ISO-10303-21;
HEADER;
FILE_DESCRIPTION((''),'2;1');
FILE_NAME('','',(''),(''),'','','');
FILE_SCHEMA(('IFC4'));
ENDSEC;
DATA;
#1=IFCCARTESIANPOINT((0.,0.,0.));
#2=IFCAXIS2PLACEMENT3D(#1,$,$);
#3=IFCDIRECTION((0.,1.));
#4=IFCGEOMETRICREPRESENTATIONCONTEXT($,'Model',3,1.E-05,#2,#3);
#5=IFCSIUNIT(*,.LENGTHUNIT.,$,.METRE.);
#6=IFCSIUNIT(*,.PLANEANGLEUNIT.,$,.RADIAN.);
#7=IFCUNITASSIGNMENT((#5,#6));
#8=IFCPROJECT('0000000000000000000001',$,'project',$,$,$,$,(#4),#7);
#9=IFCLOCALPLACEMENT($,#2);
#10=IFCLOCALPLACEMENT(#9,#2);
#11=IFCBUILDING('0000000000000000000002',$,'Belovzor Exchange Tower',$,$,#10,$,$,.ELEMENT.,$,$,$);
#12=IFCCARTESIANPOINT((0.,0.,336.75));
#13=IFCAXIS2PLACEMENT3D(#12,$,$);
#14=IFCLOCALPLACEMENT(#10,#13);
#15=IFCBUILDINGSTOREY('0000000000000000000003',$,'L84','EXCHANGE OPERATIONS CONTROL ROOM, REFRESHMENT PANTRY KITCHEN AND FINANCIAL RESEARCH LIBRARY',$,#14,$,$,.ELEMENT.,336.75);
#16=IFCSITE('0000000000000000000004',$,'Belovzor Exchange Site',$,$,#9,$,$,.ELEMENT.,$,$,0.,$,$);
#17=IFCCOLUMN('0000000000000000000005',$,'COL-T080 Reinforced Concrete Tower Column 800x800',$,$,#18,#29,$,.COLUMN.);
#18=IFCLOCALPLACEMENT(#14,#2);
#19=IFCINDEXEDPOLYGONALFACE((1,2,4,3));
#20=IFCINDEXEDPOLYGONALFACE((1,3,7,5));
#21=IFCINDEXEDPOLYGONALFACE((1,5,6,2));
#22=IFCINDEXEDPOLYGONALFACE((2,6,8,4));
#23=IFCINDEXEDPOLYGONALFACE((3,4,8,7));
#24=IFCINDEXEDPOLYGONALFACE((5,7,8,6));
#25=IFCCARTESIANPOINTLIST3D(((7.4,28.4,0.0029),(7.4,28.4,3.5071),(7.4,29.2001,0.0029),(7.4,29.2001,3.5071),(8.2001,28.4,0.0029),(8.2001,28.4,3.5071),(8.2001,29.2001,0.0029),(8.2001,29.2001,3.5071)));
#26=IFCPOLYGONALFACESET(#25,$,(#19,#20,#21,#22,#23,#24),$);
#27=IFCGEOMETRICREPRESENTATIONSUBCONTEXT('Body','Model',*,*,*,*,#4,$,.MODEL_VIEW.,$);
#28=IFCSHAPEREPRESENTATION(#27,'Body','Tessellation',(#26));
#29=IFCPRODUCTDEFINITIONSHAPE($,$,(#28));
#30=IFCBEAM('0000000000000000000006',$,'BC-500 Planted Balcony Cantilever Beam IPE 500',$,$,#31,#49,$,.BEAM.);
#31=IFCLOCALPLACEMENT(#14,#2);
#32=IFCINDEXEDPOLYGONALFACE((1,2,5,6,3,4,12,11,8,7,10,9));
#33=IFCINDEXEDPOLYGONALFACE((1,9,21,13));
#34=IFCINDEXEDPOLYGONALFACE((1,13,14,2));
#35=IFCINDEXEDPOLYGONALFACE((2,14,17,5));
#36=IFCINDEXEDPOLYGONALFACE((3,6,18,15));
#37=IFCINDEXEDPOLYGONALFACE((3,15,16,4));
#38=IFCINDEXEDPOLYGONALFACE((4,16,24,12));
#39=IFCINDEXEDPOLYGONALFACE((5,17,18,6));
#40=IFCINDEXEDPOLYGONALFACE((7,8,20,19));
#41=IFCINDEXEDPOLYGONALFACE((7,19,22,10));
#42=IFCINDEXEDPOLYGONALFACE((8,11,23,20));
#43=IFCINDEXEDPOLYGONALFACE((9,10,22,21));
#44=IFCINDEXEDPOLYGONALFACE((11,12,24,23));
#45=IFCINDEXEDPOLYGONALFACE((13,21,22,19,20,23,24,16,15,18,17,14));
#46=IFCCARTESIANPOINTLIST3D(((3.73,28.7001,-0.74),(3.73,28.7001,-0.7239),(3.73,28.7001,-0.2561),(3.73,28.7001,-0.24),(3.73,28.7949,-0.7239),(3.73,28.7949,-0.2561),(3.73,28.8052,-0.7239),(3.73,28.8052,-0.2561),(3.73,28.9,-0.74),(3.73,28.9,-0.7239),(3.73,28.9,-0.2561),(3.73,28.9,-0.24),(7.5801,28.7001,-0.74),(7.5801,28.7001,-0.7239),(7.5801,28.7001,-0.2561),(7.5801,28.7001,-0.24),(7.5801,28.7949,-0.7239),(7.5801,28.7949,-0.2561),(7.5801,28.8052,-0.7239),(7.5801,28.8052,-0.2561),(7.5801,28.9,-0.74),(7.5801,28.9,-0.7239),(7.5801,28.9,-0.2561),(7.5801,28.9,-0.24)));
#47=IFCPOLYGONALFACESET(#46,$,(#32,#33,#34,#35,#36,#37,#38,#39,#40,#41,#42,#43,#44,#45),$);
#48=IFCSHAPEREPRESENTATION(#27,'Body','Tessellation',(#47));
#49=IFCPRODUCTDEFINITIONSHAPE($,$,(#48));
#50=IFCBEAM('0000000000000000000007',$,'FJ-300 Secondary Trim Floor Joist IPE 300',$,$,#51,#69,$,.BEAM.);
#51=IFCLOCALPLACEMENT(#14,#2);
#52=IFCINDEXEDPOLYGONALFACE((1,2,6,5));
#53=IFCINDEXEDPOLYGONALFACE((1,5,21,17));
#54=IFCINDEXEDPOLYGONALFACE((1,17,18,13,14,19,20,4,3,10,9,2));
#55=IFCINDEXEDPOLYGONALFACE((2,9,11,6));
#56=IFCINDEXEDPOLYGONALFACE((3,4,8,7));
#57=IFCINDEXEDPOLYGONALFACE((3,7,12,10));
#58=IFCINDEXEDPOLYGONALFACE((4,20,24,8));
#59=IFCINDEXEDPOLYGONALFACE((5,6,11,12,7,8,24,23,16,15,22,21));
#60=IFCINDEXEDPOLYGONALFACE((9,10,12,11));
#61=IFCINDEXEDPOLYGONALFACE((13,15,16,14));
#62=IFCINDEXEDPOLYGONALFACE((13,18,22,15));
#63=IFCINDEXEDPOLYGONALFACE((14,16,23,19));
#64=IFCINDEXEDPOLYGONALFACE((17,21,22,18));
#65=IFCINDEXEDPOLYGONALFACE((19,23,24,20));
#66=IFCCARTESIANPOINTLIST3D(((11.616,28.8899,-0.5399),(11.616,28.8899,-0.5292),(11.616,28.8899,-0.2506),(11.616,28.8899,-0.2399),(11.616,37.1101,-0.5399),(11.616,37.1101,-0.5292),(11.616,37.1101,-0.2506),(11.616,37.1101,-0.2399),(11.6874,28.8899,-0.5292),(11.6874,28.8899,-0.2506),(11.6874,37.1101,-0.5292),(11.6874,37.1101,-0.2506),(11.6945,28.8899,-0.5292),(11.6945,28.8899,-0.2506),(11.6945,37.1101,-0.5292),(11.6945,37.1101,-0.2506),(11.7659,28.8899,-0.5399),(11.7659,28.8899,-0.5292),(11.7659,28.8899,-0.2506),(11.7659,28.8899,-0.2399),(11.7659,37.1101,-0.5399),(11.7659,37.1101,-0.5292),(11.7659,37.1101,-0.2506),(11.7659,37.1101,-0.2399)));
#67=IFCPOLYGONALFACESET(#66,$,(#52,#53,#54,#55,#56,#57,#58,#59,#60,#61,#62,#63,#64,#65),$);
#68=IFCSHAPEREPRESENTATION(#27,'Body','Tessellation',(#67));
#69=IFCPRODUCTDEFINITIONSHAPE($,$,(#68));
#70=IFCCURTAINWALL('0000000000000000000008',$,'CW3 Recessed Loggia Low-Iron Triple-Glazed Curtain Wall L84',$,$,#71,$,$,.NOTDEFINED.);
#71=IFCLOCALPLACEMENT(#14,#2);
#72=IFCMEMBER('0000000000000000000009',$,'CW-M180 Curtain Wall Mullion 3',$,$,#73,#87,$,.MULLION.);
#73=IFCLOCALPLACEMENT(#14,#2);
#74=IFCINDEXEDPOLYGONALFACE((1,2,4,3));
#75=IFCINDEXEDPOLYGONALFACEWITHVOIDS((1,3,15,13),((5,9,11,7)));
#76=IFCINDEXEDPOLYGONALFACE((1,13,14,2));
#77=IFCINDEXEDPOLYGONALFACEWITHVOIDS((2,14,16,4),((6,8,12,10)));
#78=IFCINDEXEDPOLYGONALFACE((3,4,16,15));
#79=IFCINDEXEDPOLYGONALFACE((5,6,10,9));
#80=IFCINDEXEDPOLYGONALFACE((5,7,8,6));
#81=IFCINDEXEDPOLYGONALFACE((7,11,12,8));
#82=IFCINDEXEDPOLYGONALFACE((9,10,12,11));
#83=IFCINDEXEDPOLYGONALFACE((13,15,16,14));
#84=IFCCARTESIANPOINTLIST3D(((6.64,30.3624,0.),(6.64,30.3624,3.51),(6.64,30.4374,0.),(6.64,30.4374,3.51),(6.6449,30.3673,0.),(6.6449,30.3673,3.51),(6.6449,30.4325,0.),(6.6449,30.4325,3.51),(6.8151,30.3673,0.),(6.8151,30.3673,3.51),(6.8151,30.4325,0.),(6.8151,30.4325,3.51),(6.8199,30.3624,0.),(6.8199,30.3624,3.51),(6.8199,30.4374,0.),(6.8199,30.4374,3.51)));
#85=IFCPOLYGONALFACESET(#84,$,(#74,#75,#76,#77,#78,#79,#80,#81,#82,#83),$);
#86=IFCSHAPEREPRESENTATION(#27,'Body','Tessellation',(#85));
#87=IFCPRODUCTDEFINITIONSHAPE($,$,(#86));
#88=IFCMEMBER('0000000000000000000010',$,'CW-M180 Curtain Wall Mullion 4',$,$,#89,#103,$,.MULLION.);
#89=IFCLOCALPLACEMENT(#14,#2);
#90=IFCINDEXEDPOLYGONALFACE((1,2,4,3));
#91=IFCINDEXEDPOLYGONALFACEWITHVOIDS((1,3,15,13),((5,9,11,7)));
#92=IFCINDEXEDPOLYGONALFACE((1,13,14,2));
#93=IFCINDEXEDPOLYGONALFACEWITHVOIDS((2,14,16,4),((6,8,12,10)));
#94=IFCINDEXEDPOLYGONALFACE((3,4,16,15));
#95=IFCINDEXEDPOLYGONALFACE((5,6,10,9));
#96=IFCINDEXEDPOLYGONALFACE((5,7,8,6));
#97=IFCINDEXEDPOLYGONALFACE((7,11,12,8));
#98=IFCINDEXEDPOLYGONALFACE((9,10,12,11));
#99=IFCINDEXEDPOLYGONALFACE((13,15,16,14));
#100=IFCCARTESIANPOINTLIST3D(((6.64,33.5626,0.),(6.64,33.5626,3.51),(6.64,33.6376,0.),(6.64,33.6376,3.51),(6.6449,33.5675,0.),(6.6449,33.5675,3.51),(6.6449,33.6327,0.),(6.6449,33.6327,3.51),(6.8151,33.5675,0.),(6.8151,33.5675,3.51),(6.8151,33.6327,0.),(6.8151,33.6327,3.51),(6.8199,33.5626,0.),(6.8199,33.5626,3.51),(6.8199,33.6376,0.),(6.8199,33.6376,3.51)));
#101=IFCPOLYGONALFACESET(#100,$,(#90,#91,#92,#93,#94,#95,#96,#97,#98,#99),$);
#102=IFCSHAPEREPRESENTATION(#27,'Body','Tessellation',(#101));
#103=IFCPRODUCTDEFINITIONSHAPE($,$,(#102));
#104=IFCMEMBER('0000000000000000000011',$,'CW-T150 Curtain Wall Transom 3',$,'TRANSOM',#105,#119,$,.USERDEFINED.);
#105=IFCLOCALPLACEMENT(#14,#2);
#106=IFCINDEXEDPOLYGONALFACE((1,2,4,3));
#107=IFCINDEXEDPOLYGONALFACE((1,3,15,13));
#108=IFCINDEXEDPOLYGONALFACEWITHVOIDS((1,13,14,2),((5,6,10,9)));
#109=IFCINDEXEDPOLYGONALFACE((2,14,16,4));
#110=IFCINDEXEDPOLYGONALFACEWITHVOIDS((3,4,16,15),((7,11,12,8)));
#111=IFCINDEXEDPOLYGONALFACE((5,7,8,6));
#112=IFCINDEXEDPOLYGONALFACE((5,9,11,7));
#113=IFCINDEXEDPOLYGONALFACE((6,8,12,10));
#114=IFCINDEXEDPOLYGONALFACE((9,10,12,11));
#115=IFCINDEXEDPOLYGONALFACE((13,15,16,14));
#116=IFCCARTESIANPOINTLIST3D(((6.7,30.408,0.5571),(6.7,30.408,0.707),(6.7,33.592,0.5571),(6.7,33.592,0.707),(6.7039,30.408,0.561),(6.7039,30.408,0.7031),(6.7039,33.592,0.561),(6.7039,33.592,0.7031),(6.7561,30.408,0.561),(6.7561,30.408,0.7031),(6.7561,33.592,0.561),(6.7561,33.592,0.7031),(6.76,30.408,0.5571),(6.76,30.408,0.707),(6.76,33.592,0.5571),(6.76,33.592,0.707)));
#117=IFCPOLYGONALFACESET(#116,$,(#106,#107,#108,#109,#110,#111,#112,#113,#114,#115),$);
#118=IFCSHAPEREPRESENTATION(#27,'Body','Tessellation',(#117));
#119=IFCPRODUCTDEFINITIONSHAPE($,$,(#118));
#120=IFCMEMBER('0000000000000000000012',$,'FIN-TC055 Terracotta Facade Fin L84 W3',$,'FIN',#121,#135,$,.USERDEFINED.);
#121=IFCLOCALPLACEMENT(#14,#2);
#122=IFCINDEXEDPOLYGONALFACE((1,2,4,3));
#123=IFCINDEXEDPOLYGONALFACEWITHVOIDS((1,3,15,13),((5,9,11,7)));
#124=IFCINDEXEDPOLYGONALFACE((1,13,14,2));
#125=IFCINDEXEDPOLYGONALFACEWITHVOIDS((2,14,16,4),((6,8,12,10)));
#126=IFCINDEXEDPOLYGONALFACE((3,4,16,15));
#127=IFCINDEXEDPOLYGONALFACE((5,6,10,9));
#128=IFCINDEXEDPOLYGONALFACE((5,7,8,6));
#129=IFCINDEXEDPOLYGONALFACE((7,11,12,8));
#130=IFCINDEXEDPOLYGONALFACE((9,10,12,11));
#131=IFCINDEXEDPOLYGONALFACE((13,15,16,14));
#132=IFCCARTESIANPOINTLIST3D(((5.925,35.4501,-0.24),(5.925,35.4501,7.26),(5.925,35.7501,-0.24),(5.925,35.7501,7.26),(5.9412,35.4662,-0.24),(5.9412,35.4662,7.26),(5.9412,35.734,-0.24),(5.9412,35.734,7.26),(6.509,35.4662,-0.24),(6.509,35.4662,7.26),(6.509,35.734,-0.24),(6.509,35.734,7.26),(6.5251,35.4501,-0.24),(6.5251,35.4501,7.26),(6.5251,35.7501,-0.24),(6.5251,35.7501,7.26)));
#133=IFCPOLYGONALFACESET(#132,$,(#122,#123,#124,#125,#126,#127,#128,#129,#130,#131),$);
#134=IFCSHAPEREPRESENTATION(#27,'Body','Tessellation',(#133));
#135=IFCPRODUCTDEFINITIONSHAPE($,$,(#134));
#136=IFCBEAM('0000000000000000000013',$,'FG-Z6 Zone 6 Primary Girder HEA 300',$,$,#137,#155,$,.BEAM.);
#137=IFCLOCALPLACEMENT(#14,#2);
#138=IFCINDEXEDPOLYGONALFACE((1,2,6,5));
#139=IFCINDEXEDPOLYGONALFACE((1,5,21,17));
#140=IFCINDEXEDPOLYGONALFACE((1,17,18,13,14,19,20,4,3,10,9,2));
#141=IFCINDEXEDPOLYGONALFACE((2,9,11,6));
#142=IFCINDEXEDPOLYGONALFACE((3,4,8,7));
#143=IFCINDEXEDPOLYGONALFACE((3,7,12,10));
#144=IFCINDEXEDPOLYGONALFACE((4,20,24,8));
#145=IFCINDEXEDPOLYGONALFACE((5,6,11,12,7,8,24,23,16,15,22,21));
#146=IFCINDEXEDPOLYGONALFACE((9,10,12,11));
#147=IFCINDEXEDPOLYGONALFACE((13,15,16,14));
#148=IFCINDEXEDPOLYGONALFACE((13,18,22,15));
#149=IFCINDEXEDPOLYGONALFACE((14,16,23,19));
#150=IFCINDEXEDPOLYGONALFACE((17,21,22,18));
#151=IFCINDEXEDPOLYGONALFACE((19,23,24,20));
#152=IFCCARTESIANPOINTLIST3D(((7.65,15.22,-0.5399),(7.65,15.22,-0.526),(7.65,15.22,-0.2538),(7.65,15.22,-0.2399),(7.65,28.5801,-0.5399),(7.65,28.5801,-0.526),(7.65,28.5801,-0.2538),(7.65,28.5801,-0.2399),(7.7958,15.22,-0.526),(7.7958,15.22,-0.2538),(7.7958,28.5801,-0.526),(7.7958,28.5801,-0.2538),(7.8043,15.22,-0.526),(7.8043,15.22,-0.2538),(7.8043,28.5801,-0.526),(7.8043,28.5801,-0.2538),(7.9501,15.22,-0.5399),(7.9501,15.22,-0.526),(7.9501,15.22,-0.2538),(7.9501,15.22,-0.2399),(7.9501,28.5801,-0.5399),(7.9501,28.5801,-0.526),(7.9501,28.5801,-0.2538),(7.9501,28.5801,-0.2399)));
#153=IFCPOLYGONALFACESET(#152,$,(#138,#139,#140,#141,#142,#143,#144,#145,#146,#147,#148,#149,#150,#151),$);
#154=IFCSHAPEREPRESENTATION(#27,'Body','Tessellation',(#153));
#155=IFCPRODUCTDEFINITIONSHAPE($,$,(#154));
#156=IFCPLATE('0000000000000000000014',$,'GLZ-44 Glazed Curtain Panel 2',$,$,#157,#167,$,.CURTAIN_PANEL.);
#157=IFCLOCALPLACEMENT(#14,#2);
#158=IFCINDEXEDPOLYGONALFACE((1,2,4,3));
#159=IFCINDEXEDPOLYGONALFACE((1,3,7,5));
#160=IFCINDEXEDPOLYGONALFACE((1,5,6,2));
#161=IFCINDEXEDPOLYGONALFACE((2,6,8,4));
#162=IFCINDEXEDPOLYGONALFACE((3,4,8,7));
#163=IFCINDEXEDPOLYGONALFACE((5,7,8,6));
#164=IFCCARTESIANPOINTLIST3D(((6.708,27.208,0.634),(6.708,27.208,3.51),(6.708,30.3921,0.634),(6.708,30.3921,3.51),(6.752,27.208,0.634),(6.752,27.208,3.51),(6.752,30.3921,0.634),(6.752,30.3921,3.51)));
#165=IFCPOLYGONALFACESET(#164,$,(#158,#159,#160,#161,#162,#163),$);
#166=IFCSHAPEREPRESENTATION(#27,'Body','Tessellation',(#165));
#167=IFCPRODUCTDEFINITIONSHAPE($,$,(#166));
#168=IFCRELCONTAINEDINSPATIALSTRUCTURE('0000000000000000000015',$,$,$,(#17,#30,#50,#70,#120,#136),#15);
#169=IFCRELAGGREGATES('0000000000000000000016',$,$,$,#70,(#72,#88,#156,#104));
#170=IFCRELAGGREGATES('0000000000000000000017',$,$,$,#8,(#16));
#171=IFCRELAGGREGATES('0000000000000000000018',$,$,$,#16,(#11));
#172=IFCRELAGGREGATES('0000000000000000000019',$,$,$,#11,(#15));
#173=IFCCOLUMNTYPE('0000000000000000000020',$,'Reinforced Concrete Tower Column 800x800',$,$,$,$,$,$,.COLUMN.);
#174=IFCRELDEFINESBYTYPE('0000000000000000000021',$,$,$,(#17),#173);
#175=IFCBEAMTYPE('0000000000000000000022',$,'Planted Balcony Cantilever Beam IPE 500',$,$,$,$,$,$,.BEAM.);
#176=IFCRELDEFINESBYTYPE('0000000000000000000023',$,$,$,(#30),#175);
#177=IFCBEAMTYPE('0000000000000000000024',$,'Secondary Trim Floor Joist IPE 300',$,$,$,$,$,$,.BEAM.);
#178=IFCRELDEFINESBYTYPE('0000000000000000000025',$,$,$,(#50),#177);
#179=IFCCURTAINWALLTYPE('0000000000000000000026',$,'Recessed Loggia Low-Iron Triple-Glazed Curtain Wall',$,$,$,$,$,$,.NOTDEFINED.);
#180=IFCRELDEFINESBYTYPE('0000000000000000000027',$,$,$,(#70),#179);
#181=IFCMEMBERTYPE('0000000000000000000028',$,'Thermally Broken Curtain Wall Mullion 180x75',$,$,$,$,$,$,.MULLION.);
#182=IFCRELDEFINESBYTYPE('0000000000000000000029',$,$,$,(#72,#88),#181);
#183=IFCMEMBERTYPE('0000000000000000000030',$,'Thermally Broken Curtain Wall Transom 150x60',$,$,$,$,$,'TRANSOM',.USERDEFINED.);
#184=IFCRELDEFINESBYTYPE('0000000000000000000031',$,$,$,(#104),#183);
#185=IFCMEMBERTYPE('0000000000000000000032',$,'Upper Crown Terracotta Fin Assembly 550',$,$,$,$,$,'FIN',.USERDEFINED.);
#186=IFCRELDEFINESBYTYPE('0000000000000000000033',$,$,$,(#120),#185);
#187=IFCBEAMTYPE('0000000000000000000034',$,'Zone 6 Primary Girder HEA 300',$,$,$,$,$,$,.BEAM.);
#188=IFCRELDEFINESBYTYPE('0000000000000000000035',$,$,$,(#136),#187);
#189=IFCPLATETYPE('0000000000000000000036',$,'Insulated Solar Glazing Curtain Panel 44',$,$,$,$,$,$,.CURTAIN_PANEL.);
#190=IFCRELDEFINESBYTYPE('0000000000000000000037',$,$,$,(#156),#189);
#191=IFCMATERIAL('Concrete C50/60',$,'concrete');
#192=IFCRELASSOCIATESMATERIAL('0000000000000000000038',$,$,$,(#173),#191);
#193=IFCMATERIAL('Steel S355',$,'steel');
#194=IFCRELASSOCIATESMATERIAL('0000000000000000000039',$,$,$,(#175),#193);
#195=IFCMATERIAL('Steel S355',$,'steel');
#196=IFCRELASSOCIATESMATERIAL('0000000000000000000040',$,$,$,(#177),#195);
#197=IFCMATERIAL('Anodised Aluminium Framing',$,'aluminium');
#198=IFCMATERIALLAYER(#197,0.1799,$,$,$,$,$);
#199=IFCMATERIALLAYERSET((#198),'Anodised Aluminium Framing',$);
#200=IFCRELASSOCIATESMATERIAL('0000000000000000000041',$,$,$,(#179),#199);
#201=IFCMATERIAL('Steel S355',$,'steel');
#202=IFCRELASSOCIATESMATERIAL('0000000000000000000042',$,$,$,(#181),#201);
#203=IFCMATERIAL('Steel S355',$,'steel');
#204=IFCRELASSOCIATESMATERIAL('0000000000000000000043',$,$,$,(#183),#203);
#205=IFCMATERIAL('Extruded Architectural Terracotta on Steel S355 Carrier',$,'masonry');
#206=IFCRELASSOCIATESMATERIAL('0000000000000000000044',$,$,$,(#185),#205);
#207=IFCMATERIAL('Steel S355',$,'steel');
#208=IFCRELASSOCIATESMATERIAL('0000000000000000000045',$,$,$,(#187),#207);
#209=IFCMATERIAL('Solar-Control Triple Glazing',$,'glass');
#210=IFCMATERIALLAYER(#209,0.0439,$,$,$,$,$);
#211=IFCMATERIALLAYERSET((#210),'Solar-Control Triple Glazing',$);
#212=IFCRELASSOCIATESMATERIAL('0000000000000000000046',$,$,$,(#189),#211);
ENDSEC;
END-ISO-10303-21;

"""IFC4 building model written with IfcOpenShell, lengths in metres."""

from ifc_helpers import new_model, si_unit, direction, frame, origin, origin_2d, place, context, subcontext, project, spatial, rectangle, hollow_rectangle, i_section, extrude, material, layer, layer_set, material_profile, profile_set, type_object, element, aggregate, save


model = new_model("IFC4")

# Units and contexts
model_context = context("Model", 3, precision=1e-05, world=origin(), true_north=direction((0.0, 1.0)))
body_context = subcontext(model_context, "Body", "Model", "MODEL_VIEW")
ifc_project = project(units=[si_unit("LENGTHUNIT", "METRE"), si_unit("PLANEANGLEUNIT", "RADIAN")], contexts=[model_context])

# Site, building, storey
site_placement = place(None, origin())
site = spatial("IfcSite", under=ifc_project, at=site_placement, Name="Belovzor Exchange Site", CompositionType="ELEMENT", RefElevation=0.0)
building_placement = place(site_placement, origin())
building = spatial("IfcBuilding", under=site, at=building_placement, Name="Belovzor Exchange Tower", CompositionType="ELEMENT")
storey_placement = place(building_placement, frame((0.0, 0.0, 336.75)))
storey = spatial("IfcBuildingStorey", under=building, at=storey_placement, Name="L84", Description="EXCHANGE OPERATIONS CONTROL ROOM, REFRESHMENT PANTRY KITCHEN AND FINANCIAL RESEARCH LIBRARY", CompositionType="ELEMENT", Elevation=336.75)

# Column
ifc_material_1 = material(Name="Concrete C50/60", Category="concrete")
ifc_material_profile_1 = material_profile(ifc_material_1, rectangle(XDim=0.8, YDim=0.8, at=origin_2d()))
ifc_profile_set_1 = profile_set([ifc_material_profile_1], Name="Concrete C50/60")
column_type = type_object("IfcColumnType", Name="Reinforced Concrete Tower Column 800x800", PredefinedType="COLUMN", material=ifc_profile_set_1)
column_placement = place(storey_placement, frame((7.8, 28.8, 0.0029), z_axis=(0.0, 0.0, 1.0), x_axis=(1.0, 0.0, 0.0)))
element("IfcColumn", 1, at=column_placement, inside=storey, type_object=column_type, Name="COL-T080 Reinforced Concrete Tower Column 800x800", PredefinedType="COLUMN", context=body_context, shape_type="SweptSolid", body=[
    extrude(rectangle(XDim=0.8, YDim=0.8, at=origin_2d()), origin(), (0.0, 0.0, 1.0), 3.5042),
])

# Beams
ifc_material_2 = material(Name="Steel S355", Category="steel")
ifc_material_profile_2 = material_profile(ifc_material_2, i_section(OverallWidth=0.2, OverallDepth=0.5, WebThickness=0.0103, FlangeThickness=0.0161, at=origin_2d()))
ifc_profile_set_2 = profile_set([ifc_material_profile_2], Name="Steel S355")
beam_type_1 = type_object("IfcBeamType", Name="Planted Balcony Cantilever Beam IPE 500", PredefinedType="BEAM", material=ifc_profile_set_2)
beam_1_placement = place(storey_placement, frame((7.5801, 28.8, -0.49), z_axis=(-1.0, 0.0, 0.0), x_axis=(0.0, -1.0, 0.0)))
element("IfcBeam", 2, at=beam_1_placement, inside=storey, type_object=beam_type_1, Name="BC-500 Planted Balcony Cantilever Beam IPE 500", PredefinedType="BEAM", context=body_context, shape_type="SweptSolid", body=[
    extrude(i_section(OverallWidth=0.2, OverallDepth=0.5, WebThickness=0.0103, FlangeThickness=0.0161, at=origin_2d()), origin(), (0.0, 0.0, 1.0), 3.8501),
])
ifc_material_3 = material(Name="Steel S355", Category="steel")
ifc_material_profile_3 = material_profile(ifc_material_3, i_section(OverallWidth=0.1499, OverallDepth=0.3, WebThickness=0.0071, FlangeThickness=0.0107, at=origin_2d()))
ifc_profile_set_3 = profile_set([ifc_material_profile_3], Name="Steel S355")
beam_type_2 = type_object("IfcBeamType", Name="Secondary Trim Floor Joist IPE 300", PredefinedType="BEAM", material=ifc_profile_set_3)
beam_2_placement = place(storey_placement, frame((11.6909, 28.8899, -0.3899), z_axis=(0.0, 1.0, 0.0), x_axis=(-1.0, 0.0, 0.0)))
element("IfcBeam", 3, at=beam_2_placement, inside=storey, type_object=beam_type_2, Name="FJ-300 Secondary Trim Floor Joist IPE 300", PredefinedType="BEAM", context=body_context, shape_type="SweptSolid", body=[
    extrude(i_section(OverallWidth=0.1499, OverallDepth=0.3, WebThickness=0.0071, FlangeThickness=0.0107, at=origin_2d()), origin(), (0.0, 0.0, 1.0), 8.2202),
])

# Curtain wall, members
ifc_material_4 = material(Name="Anodised Aluminium Framing", Category="aluminium")
ifc_layer_1 = layer(ifc_material_4, 0.1799)
ifc_layer_set_1 = layer_set([ifc_layer_1], Name="Anodised Aluminium Framing")
curtain_wall_type = type_object("IfcCurtainWallType", Name="Recessed Loggia Low-Iron Triple-Glazed Curtain Wall", PredefinedType="NOTDEFINED", material=ifc_layer_set_1)
curtain_wall_placement = place(storey_placement, origin())
curtain_wall = element("IfcCurtainWall", 4, at=curtain_wall_placement, inside=storey, type_object=curtain_wall_type, Name="CW3 Recessed Loggia Low-Iron Triple-Glazed Curtain Wall L84", PredefinedType="NOTDEFINED")
ifc_material_5 = material(Name="Steel S355", Category="steel")
ifc_material_profile_4 = material_profile(ifc_material_5, hollow_rectangle(XDim=0.075, YDim=0.1799, WallThickness=0.0049, at=origin_2d()))
ifc_profile_set_4 = profile_set([ifc_material_profile_4], Name="Steel S355")
member_type_1 = type_object("IfcMemberType", Name="Thermally Broken Curtain Wall Mullion 180x75", PredefinedType="MULLION", material=ifc_profile_set_4)
member_1_placement = place(storey_placement, frame((6.73, 30.3999, 0.0), z_axis=(0.0, 0.0, 1.0), x_axis=(0.0, 1.0, 0.0)))
member_1 = element("IfcMember", 5, at=member_1_placement, type_object=member_type_1, Name="CW-M180 Curtain Wall Mullion 3", PredefinedType="MULLION", context=body_context, shape_type="SweptSolid", body=[
    extrude(hollow_rectangle(XDim=0.075, YDim=0.1799, WallThickness=0.0049, at=origin_2d()), origin(), (0.0, 0.0, 1.0), 3.51),
])
member_2_placement = place(storey_placement, frame((6.73, 33.6001, 0.0), z_axis=(0.0, 0.0, 1.0), x_axis=(0.0, 1.0, 0.0)))
member_2 = element("IfcMember", 6, at=member_2_placement, type_object=member_type_1, Name="CW-M180 Curtain Wall Mullion 4", PredefinedType="MULLION", context=body_context, shape_type="SweptSolid", body=[
    extrude(hollow_rectangle(XDim=0.075, YDim=0.1799, WallThickness=0.0049, at=origin_2d()), origin(), (0.0, 0.0, 1.0), 3.51),
])
ifc_material_6 = material(Name="Steel S355", Category="steel")
ifc_material_profile_5 = material_profile(ifc_material_6, hollow_rectangle(XDim=0.0601, YDim=0.1499, WallThickness=0.0039, at=origin_2d()))
ifc_profile_set_5 = profile_set([ifc_material_profile_5], Name="Steel S355")
member_type_2 = type_object("IfcMemberType", Name="Thermally Broken Curtain Wall Transom 150x60", ElementType="TRANSOM", PredefinedType="USERDEFINED", material=ifc_profile_set_5)
member_3_placement = place(storey_placement, frame((6.73, 30.408, 0.6321), z_axis=(0.0, 1.0, 0.0), x_axis=(-1.0, 0.0, 0.0)))
member_3 = element("IfcMember", 7, at=member_3_placement, type_object=member_type_2, Name="CW-T150 Curtain Wall Transom 3", ObjectType="TRANSOM", PredefinedType="USERDEFINED", context=body_context, shape_type="SweptSolid", body=[
    extrude(hollow_rectangle(XDim=0.0601, YDim=0.1499, WallThickness=0.0039, at=origin_2d()), origin(), (0.0, 0.0, 1.0), 3.1841),
])

# Member
ifc_material_7 = material(Name="Extruded Architectural Terracotta on Steel S355 Carrier", Category="masonry")
ifc_material_profile_6 = material_profile(ifc_material_7, hollow_rectangle(XDim=0.3, YDim=0.6001, WallThickness=0.0161, at=origin_2d()))
ifc_profile_set_6 = profile_set([ifc_material_profile_6], Name="Extruded Architectural Terracotta on Steel S355 Carrier")
member_type_3 = type_object("IfcMemberType", Name="Upper Crown Terracotta Fin Assembly 550", ElementType="FIN", PredefinedType="USERDEFINED", material=ifc_profile_set_6)
member_4_placement = place(storey_placement, frame((6.2251, 35.6001, -0.24), z_axis=(0.0, 0.0, 1.0), x_axis=(0.0, 1.0, 0.0)))
element("IfcMember", 8, at=member_4_placement, inside=storey, type_object=member_type_3, Name="FIN-TC055 Terracotta Facade Fin L84 W3", ObjectType="FIN", PredefinedType="USERDEFINED", context=body_context, shape_type="SweptSolid", body=[
    extrude(hollow_rectangle(XDim=0.3, YDim=0.6001, WallThickness=0.0161, at=origin_2d()), origin(), (0.0, 0.0, 1.0), 7.5),
])

# Beam
ifc_material_8 = material(Name="Steel S355", Category="steel")
ifc_material_profile_7 = material_profile(ifc_material_8, i_section(OverallWidth=0.3, OverallDepth=0.3, WebThickness=0.0085, FlangeThickness=0.0139, at=origin_2d()))
ifc_profile_set_7 = profile_set([ifc_material_profile_7], Name="Steel S355")
beam_type_3 = type_object("IfcBeamType", Name="Zone 6 Primary Girder HEA 300", PredefinedType="BEAM", material=ifc_profile_set_7)
beam_3_placement = place(storey_placement, frame((7.8, 28.5801, -0.3899), z_axis=(0.0, -1.0, 0.0), x_axis=(1.0, 0.0, 0.0)))
element("IfcBeam", 9, at=beam_3_placement, inside=storey, type_object=beam_type_3, Name="FG-Z6 Zone 6 Primary Girder HEA 300", PredefinedType="BEAM", context=body_context, shape_type="SweptSolid", body=[
    extrude(i_section(OverallWidth=0.3, OverallDepth=0.3, WebThickness=0.0085, FlangeThickness=0.0139, at=origin_2d()), origin(), (0.0, 0.0, 1.0), 13.3601),
])

# Plate
ifc_material_9 = material(Name="Solar-Control Triple Glazing", Category="glass")
ifc_layer_2 = layer(ifc_material_9, 0.0439)
ifc_layer_set_2 = layer_set([ifc_layer_2], Name="Solar-Control Triple Glazing")
plate_type_1 = type_object("IfcPlateType", Name="Insulated Solar Glazing Curtain Panel 44", PredefinedType="CURTAIN_PANEL", material=ifc_layer_set_2)
plate_1_placement = place(storey_placement, frame((6.73, 28.8, 0.634), z_axis=(0.0, 0.0, 1.0), x_axis=(0.0, 1.0, 0.0)))
plate_1 = element("IfcPlate", 10, at=plate_1_placement, type_object=plate_type_1, Name="GLZ-44 Glazed Curtain Panel 2", PredefinedType="CURTAIN_PANEL", context=body_context, shape_type="SweptSolid", body=[
    extrude(rectangle(XDim=3.1841, YDim=0.0439, at=origin_2d()), origin(), (0.0, 0.0, 1.0), 2.876),
])
aggregate(curtain_wall, [member_1, member_2, plate_1, member_3])

save(model, "model.ifc")
